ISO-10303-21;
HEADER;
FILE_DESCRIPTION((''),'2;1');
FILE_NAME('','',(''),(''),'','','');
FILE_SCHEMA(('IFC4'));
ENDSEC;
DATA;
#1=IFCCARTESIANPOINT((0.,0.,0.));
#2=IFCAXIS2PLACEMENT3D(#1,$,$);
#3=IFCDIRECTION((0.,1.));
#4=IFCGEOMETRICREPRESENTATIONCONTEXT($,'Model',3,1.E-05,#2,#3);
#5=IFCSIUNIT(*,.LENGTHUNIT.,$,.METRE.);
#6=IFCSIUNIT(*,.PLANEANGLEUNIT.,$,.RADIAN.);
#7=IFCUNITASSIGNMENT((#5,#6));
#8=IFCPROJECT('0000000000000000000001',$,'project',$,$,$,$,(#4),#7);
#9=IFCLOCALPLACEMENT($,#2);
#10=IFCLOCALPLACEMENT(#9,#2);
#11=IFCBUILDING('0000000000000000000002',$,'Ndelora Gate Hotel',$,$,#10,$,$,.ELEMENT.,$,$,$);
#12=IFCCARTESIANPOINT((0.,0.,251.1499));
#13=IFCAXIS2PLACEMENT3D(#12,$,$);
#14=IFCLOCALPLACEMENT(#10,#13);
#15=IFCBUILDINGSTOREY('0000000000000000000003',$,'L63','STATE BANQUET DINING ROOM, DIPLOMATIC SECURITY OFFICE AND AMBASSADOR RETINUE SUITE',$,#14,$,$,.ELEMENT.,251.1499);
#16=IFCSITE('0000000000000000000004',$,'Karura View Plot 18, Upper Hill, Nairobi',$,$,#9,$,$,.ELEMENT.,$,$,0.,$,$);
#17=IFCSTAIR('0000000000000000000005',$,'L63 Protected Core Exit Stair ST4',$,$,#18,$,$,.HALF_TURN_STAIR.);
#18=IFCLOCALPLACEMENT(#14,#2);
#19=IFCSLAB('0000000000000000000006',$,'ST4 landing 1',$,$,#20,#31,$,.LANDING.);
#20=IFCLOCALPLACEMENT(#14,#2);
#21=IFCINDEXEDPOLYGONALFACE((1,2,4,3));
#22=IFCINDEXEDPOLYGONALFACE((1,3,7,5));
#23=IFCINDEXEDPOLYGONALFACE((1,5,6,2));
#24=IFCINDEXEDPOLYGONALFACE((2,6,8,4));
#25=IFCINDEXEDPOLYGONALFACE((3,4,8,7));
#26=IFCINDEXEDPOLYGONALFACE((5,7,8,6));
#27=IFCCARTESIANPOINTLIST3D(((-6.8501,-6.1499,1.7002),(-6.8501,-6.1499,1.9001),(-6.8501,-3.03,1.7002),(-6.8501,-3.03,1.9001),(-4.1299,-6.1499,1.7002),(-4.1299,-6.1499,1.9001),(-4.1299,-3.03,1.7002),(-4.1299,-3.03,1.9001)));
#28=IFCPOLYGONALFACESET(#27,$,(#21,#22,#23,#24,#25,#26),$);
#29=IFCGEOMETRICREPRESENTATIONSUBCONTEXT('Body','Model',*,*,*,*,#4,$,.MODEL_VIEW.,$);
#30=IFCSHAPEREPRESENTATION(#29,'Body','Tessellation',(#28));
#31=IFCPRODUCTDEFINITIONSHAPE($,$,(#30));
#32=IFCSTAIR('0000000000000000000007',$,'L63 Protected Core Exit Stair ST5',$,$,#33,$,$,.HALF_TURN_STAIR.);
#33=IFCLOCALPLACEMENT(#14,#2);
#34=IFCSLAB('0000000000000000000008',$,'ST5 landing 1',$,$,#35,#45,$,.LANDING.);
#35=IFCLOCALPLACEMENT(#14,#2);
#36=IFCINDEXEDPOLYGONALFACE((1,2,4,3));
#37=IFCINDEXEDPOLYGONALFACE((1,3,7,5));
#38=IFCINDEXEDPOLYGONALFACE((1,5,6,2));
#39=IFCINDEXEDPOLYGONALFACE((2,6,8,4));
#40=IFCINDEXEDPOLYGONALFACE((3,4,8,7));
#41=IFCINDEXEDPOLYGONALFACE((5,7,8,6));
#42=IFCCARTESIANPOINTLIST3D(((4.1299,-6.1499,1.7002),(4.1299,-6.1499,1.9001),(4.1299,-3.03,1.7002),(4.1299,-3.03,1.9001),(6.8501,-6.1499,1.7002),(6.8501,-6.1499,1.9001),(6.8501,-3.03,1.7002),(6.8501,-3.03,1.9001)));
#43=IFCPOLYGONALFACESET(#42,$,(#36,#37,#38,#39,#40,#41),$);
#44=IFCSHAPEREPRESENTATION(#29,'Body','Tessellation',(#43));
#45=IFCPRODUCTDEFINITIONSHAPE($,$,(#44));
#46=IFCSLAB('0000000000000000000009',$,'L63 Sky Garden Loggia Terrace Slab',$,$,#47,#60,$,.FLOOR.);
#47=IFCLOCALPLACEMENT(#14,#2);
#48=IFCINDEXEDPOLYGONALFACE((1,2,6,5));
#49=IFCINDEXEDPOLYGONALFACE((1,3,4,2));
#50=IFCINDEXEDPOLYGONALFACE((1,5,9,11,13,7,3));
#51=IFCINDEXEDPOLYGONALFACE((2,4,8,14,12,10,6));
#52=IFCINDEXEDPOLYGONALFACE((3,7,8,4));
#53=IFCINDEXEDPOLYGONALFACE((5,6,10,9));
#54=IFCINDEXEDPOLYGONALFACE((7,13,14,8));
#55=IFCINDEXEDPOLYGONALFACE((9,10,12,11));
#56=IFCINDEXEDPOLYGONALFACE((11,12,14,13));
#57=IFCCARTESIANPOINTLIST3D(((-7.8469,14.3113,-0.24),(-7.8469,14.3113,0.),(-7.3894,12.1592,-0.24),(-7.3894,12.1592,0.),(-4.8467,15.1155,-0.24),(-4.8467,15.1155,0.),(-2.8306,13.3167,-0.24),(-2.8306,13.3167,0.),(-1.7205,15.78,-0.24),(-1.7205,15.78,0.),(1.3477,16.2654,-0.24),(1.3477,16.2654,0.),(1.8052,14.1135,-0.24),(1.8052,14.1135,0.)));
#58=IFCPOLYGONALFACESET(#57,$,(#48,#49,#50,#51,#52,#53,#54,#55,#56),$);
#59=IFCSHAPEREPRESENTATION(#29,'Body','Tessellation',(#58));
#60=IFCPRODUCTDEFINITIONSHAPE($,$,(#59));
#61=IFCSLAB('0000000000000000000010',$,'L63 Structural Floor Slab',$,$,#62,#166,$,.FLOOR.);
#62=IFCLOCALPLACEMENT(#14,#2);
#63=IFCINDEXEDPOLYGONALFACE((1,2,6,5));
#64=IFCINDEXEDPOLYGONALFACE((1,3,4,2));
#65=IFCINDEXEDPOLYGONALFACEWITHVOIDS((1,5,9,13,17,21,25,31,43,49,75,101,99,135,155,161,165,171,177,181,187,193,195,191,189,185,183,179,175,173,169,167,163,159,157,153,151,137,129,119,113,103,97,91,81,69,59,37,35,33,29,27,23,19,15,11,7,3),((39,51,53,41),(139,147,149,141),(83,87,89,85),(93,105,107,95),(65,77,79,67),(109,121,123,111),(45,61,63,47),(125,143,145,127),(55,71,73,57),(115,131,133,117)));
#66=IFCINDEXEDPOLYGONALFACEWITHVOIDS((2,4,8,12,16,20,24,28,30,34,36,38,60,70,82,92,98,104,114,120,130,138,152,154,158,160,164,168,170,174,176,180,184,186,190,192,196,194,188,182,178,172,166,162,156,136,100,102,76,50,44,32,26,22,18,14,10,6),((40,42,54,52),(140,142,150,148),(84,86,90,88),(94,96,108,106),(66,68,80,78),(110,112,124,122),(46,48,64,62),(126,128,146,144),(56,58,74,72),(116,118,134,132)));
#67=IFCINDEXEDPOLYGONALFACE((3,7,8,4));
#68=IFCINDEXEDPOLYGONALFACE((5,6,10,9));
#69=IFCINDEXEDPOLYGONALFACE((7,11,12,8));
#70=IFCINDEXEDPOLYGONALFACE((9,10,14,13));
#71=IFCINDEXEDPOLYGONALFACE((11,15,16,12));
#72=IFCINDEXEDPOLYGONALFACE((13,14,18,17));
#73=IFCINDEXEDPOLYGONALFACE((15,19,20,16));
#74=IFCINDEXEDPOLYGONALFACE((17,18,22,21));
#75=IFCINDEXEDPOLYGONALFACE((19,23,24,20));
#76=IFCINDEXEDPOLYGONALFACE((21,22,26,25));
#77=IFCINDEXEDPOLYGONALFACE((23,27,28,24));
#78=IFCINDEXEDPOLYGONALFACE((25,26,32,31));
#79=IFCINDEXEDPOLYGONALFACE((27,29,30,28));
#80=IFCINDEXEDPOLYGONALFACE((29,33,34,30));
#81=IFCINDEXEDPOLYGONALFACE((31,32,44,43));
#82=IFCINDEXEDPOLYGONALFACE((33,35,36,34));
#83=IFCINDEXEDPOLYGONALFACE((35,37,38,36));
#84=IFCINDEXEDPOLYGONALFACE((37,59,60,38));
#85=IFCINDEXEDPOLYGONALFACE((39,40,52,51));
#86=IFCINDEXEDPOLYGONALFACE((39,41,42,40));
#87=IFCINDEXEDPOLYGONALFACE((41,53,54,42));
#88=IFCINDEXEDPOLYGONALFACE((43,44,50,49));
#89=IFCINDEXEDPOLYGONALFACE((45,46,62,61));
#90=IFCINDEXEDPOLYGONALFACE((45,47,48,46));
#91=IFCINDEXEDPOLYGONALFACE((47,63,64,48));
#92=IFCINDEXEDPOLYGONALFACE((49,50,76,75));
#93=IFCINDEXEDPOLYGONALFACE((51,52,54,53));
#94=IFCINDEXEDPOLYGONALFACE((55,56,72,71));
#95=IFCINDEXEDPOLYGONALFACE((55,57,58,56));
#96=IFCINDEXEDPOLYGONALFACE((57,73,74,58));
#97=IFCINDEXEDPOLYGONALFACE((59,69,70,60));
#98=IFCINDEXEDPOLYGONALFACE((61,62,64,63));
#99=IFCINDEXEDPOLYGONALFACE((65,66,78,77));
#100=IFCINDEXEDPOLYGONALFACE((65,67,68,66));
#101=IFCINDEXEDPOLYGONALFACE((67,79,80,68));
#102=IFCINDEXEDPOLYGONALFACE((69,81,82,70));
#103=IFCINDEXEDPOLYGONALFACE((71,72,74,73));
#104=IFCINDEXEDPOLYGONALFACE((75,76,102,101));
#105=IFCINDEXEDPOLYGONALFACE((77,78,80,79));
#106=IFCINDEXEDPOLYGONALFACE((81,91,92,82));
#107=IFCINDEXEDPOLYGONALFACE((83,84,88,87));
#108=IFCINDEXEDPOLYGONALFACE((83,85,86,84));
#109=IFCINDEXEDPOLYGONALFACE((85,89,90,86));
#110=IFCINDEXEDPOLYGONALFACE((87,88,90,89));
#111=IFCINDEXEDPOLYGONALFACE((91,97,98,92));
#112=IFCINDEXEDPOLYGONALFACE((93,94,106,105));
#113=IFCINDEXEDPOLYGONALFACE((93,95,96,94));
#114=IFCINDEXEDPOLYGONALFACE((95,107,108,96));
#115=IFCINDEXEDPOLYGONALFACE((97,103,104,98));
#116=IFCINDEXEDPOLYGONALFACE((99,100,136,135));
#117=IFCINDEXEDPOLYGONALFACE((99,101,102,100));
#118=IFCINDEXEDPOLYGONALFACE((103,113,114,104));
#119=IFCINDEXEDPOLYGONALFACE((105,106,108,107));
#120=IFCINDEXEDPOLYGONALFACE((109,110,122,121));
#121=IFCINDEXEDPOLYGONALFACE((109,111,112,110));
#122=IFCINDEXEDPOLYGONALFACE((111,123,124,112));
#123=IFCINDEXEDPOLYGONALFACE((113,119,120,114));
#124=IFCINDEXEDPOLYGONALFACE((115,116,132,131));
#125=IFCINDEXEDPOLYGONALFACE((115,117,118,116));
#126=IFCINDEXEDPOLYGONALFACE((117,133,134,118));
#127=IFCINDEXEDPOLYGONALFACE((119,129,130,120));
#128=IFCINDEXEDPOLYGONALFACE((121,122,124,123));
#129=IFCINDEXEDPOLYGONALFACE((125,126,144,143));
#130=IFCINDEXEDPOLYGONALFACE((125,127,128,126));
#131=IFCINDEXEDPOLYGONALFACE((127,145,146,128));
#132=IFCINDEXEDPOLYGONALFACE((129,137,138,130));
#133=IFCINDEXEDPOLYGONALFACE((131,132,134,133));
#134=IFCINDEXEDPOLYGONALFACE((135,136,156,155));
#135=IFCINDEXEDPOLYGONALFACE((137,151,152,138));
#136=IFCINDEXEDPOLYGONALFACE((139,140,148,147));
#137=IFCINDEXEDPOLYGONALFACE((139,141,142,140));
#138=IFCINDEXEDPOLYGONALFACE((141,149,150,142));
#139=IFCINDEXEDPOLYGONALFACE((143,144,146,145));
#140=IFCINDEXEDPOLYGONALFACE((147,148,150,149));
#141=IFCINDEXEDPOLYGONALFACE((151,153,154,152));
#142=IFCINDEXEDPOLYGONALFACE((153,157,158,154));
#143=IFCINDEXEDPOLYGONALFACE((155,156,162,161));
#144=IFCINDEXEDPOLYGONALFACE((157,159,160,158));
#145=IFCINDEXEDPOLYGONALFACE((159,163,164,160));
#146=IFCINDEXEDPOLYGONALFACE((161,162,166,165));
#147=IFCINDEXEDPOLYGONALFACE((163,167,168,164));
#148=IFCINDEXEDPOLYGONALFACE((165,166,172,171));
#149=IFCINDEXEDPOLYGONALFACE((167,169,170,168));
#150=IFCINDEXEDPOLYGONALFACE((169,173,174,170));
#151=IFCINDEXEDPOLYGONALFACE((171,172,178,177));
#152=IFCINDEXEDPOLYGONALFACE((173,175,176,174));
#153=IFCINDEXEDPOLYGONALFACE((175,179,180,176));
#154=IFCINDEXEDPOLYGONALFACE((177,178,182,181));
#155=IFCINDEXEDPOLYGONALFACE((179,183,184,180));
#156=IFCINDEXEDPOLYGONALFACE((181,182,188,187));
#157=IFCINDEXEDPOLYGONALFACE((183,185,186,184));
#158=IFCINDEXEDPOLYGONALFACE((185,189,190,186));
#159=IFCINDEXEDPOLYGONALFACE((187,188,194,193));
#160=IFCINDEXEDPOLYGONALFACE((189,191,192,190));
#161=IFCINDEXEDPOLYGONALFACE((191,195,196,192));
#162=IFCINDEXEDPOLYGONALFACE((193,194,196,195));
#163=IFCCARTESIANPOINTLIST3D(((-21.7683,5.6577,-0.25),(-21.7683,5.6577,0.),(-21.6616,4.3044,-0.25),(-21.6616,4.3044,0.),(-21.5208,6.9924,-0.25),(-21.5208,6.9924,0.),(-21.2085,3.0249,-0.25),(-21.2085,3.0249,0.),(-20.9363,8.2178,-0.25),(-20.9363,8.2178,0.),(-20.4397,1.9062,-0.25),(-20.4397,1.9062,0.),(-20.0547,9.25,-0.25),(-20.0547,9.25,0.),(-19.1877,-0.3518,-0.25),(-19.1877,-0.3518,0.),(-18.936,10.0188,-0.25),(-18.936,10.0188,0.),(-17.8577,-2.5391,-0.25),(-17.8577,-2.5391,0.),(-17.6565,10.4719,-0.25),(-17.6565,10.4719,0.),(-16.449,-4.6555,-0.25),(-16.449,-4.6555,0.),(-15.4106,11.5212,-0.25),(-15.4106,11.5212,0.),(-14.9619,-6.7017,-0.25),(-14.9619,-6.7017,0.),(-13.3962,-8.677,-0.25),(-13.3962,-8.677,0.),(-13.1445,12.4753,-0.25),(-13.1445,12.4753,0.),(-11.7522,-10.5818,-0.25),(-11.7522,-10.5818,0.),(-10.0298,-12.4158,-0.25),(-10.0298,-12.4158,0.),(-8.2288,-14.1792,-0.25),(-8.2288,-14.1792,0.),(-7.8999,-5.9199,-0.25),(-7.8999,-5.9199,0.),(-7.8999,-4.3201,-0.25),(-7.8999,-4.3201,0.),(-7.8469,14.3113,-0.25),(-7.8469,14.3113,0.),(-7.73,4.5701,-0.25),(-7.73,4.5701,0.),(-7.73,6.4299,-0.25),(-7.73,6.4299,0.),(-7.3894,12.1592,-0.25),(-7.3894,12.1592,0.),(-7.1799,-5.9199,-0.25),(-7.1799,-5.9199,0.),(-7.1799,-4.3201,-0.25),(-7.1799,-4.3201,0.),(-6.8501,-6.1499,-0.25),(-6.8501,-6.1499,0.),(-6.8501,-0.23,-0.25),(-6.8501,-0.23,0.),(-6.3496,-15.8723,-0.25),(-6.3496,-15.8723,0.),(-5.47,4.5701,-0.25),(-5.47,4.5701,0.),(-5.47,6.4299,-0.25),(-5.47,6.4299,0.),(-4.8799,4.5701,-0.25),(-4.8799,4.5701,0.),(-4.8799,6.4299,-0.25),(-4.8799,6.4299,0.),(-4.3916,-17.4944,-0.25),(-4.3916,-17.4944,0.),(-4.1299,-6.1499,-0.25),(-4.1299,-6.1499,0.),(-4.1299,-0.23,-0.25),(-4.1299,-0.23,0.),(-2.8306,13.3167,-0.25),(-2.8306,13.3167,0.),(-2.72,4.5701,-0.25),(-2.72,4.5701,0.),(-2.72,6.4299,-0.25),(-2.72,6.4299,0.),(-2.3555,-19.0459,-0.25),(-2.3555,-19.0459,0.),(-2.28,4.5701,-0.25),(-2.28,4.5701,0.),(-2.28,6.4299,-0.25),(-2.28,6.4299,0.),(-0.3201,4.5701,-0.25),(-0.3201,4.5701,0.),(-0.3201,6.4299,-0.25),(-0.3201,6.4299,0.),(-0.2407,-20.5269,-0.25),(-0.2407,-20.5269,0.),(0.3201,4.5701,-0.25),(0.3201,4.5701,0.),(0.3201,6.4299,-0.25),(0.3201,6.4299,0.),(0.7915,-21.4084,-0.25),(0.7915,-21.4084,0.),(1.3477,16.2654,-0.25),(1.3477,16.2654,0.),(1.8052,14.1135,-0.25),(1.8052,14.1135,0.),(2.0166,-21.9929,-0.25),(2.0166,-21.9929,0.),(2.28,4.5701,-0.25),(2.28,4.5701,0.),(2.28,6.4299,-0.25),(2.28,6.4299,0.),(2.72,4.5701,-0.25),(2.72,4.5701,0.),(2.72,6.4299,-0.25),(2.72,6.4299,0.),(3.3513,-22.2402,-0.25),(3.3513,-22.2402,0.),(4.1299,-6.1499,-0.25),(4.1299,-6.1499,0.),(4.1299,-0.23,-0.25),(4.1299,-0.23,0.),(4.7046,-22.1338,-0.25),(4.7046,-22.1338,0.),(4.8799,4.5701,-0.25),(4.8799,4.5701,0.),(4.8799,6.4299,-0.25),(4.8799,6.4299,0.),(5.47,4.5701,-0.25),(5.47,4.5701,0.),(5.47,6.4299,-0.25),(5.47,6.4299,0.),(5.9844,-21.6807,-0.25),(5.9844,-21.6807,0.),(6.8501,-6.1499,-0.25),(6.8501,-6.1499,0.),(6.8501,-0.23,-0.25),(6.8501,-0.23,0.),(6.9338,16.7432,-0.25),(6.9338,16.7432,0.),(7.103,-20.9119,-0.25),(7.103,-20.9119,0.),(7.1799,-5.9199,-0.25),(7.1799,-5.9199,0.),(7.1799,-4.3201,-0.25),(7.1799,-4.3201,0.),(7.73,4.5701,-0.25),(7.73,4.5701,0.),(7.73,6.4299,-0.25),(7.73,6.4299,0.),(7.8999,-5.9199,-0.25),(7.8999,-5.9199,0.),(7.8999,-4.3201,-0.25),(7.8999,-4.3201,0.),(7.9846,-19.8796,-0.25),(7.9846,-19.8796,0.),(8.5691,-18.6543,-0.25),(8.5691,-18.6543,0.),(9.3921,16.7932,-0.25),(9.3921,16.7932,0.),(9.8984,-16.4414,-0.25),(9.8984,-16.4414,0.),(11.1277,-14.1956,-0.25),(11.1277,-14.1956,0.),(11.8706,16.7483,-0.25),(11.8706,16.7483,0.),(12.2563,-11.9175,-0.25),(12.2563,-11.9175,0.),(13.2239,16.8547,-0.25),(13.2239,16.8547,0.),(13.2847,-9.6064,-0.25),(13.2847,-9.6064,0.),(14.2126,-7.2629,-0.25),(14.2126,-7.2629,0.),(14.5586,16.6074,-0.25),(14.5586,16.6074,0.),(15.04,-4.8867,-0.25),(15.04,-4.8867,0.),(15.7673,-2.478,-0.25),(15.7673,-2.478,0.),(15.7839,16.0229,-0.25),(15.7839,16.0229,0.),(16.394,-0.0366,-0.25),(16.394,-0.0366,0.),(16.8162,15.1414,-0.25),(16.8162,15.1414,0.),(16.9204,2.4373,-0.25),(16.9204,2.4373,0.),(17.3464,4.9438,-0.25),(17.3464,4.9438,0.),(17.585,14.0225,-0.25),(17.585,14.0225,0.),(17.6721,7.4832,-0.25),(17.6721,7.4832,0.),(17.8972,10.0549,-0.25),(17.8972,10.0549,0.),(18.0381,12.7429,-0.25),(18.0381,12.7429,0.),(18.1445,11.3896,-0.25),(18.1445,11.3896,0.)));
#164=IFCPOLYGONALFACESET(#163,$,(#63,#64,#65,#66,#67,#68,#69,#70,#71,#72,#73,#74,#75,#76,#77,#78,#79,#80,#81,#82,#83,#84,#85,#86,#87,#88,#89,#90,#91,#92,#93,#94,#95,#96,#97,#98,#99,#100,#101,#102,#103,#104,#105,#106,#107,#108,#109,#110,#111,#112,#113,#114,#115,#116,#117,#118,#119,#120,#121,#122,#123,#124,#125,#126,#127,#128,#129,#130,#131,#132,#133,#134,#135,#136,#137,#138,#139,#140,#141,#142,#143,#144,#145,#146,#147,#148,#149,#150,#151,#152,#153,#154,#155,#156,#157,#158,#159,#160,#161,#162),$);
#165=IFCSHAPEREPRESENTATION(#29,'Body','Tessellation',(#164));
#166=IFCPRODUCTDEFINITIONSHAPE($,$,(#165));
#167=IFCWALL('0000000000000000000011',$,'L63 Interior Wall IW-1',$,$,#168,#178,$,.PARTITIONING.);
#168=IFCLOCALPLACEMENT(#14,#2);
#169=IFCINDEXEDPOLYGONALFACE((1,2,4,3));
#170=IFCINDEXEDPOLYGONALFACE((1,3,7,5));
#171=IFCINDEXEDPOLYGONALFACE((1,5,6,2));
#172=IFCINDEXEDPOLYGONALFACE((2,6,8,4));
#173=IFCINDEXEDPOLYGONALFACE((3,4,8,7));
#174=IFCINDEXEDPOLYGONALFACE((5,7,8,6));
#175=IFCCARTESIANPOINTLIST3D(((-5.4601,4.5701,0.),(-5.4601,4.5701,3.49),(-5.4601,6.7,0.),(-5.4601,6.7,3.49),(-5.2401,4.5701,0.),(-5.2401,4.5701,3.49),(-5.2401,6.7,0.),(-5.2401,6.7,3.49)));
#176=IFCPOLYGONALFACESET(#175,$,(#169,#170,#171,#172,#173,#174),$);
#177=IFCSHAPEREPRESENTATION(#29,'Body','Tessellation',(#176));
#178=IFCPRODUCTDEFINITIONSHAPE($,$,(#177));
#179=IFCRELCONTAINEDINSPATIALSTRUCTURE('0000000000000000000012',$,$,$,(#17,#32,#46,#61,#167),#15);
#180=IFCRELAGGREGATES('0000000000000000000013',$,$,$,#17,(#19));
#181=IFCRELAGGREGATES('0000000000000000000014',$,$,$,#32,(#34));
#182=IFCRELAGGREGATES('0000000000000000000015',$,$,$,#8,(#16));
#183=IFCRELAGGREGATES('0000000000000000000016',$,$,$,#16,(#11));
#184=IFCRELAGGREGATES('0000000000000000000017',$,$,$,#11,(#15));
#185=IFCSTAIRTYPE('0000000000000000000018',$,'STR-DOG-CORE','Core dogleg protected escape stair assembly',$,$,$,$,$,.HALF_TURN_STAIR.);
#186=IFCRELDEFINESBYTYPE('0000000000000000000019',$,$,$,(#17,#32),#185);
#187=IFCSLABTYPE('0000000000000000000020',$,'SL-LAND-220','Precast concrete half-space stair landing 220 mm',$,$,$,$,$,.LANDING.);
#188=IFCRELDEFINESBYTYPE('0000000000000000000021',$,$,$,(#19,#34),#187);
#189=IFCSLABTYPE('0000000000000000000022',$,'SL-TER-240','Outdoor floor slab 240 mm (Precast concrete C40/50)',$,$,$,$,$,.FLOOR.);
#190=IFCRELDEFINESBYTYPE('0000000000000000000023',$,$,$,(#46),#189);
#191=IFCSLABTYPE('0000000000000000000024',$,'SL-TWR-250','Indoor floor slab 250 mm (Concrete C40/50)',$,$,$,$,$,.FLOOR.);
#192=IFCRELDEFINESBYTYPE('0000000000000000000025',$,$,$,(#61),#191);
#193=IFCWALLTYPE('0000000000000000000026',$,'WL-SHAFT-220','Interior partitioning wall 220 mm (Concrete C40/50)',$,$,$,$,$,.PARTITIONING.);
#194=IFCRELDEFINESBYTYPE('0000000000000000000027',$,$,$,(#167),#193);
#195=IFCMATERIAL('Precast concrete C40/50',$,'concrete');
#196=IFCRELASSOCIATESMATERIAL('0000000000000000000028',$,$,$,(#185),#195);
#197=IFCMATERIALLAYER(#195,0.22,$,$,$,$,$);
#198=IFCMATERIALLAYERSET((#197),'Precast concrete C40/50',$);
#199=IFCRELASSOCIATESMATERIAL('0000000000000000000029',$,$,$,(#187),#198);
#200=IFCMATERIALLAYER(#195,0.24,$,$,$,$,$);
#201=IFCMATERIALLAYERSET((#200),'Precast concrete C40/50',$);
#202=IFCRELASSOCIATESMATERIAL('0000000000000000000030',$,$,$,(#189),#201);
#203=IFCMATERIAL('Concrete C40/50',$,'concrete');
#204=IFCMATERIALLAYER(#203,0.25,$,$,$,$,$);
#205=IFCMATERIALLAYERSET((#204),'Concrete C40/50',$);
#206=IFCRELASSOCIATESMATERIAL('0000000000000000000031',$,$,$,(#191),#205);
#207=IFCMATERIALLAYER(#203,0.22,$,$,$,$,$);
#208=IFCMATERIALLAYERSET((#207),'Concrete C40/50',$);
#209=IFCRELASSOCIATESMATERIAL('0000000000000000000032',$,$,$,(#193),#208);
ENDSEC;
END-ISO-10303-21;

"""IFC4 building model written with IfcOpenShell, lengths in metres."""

from ifc_helpers import new_model, si_unit, direction, frame, frame_2d, origin, place, context, subcontext, project, spatial, polyline, rectangle, outline, extrude, material, layer, layer_set, type_object, element, aggregate, save


model = new_model("IFC4")

# Units and contexts
model_context = context("Model", 3, precision=1e-05, world=origin(), true_north=direction((0.0, 1.0)))
body_context = subcontext(model_context, "Body", "Model", "MODEL_VIEW")
ifc_project = project(units=[si_unit("LENGTHUNIT", "METRE"), si_unit("PLANEANGLEUNIT", "RADIAN")], contexts=[model_context])

# Site, building, storey
site_placement = place(None, origin())
site = spatial("IfcSite", under=ifc_project, at=site_placement, Name="Karura View Plot 18, Upper Hill, Nairobi", CompositionType="ELEMENT", RefElevation=0.0)
building_placement = place(site_placement, origin())
building = spatial("IfcBuilding", under=site, at=building_placement, Name="Ndelora Gate Hotel", CompositionType="ELEMENT")
storey_placement = place(building_placement, frame((0.0, 0.0, 251.1499)))
storey = spatial("IfcBuildingStorey", under=building, at=storey_placement, Name="L63", Description="STATE BANQUET DINING ROOM, DIPLOMATIC SECURITY OFFICE AND AMBASSADOR RETINUE SUITE", CompositionType="ELEMENT", Elevation=251.1499)

# Stairs, slabs
ifc_material_1 = material(Name="Precast concrete C40/50", Category="concrete")
stair_type = type_object("IfcStairType", Name="STR-DOG-CORE", Description="Core dogleg protected escape stair assembly", PredefinedType="HALF_TURN_STAIR", material=ifc_material_1)
stair_1_placement = place(storey_placement, origin())
stair_1 = element("IfcStair", 1, at=stair_1_placement, inside=storey, type_object=stair_type, Name="L63 Protected Core Exit Stair ST4", PredefinedType="HALF_TURN_STAIR")
ifc_layer_1 = layer(ifc_material_1, 0.22)
ifc_layer_set_1 = layer_set([ifc_layer_1], Name="Precast concrete C40/50")
slab_type_1 = type_object("IfcSlabType", Name="SL-LAND-220", Description="Precast concrete half-space stair landing 220 mm", PredefinedType="LANDING", material=ifc_layer_set_1)
slab_1_placement = place(storey_placement, frame((0.0, 0.0, 1.7002)))
slab_1 = element("IfcSlab", 2, at=slab_1_placement, type_object=slab_type_1, Name="ST4 landing 1", PredefinedType="LANDING", context=body_context, shape_type="SweptSolid", body=[
    extrude(outline(polyline([(-6.8501, -3.03), (-6.8501, -6.1499), (-4.1299, -6.1499), (-4.1299, -3.03), (-6.8501, -3.03)])), origin(), (0.0, 0.0, 1.0), 0.2),
])
aggregate(stair_1, [slab_1])
stair_2_placement = place(storey_placement, origin())
stair_2 = element("IfcStair", 3, at=stair_2_placement, inside=storey, type_object=stair_type, Name="L63 Protected Core Exit Stair ST5", PredefinedType="HALF_TURN_STAIR")
slab_2_placement = place(storey_placement, frame((0.0, 0.0, 1.7002)))
slab_2 = element("IfcSlab", 4, at=slab_2_placement, type_object=slab_type_1, Name="ST5 landing 1", PredefinedType="LANDING", context=body_context, shape_type="SweptSolid", body=[
    extrude(outline(polyline([(4.1299, -3.03), (4.1299, -6.1499), (6.8501, -6.1499), (6.8501, -3.03), (4.1299, -3.03)])), origin(), (0.0, 0.0, 1.0), 0.2),
])
aggregate(stair_2, [slab_2])

# Slabs
ifc_layer_2 = layer(ifc_material_1, 0.24)
ifc_layer_set_2 = layer_set([ifc_layer_2], Name="Precast concrete C40/50")
slab_type_2 = type_object("IfcSlabType", Name="SL-TER-240", Description="Outdoor floor slab 240 mm (Precast concrete C40/50)", PredefinedType="FLOOR", material=ifc_layer_set_2)
slab_3_placement = place(storey_placement, frame((0.0, 0.0, -0.24)))
element("IfcSlab", 5, at=slab_3_placement, inside=storey, type_object=slab_type_2, Name="L63 Sky Garden Loggia Terrace Slab", PredefinedType="FLOOR", context=body_context, shape_type="SweptSolid", body=[
    extrude(outline(polyline([(1.8052, 14.1135), (1.3477, 16.2654), (-1.7205, 15.78), (-4.8467, 15.1155), (-7.8469, 14.3113), (-7.3894, 12.1592), (-2.8306, 13.3167), (1.8052, 14.1135)])), origin(), (0.0, 0.0, 1.0), 0.24),
])
ifc_material_2 = material(Name="Concrete C40/50", Category="concrete")
ifc_layer_3 = layer(ifc_material_2, 0.25)
ifc_layer_set_3 = layer_set([ifc_layer_3], Name="Concrete C40/50")
slab_type_3 = type_object("IfcSlabType", Name="SL-TWR-250", Description="Indoor floor slab 250 mm (Concrete C40/50)", PredefinedType="FLOOR", material=ifc_layer_set_3)
slab_4_placement = place(storey_placement, frame((0.0, 0.0, -0.25)))
element("IfcSlab", 6, at=slab_4_placement, inside=storey, type_object=slab_type_3, Name="L63 Structural Floor Slab", PredefinedType="FLOOR", context=body_context, shape_type="SweptSolid", body=[
    extrude(outline(polyline([(-17.6565, 10.4719), (-18.936, 10.0188), (-20.0547, 9.25), (-20.9363, 8.2178), (-21.5208, 6.9924), (-21.7683, 5.6577), (-21.6616, 4.3044), (-21.2085, 3.0249), (-20.4397, 1.9062), (-19.1877, -0.3518), (-17.8577, -2.5391), (-16.449, -4.6555), (-14.9619, -6.7017), (-13.3962, -8.677), (-11.7522, -10.5818), (-10.0298, -12.4158), (-8.2288, -14.1792), (-6.3496, -15.8723), (-4.3916, -17.4944), (-2.3555, -19.0459), (-0.2407, -20.5269), (0.7915, -21.4084), (2.0166, -21.9929), (3.3513, -22.2402), (4.7046, -22.1338), (5.9844, -21.6807), (7.103, -20.9119), (7.9846, -19.8796), (8.5691, -18.6543), (9.8984, -16.4414), (11.1277, -14.1956), (12.2563, -11.9175), (13.2847, -9.6064), (14.2126, -7.2629), (15.04, -4.8867), (15.7673, -2.478), (16.394, -0.0366), (16.9204, 2.4373), (17.3464, 4.9438), (17.6721, 7.4832), (17.8972, 10.0549), (18.1445, 11.3896), (18.0381, 12.7429), (17.585, 14.0225), (16.8162, 15.1414), (15.7839, 16.0229), (14.5586, 16.6074), (13.2239, 16.8547), (11.8706, 16.7483), (9.3921, 16.7932), (6.9338, 16.7432), (1.3477, 16.2654), (1.8052, 14.1135), (-2.8306, 13.3167), (-7.3894, 12.1592), (-7.8469, 14.3113), (-13.1445, 12.4753), (-15.4106, 11.5212), (-17.6565, 10.4719)]), holes=[polyline([(-6.8501, -0.23), (-6.8501, -6.1499), (-4.1299, -6.1499), (-4.1299, -0.23), (-6.8501, -0.23)]), polyline([(4.1299, -0.23), (4.1299, -6.1499), (6.8501, -6.1499), (6.8501, -0.23), (4.1299, -0.23)]), polyline([(-7.73, 4.5701), (-5.47, 4.5701), (-5.47, 6.4299), (-7.73, 6.4299), (-7.73, 4.5701)]), polyline([(5.47, 4.5701), (7.73, 4.5701), (7.73, 6.4299), (5.47, 6.4299), (5.47, 4.5701)]), polyline([(-4.8799, 4.5701), (-2.72, 4.5701), (-2.72, 6.4299), (-4.8799, 6.4299), (-4.8799, 4.5701)]), polyline([(2.72, 4.5701), (4.8799, 4.5701), (4.8799, 6.4299), (2.72, 6.4299), (2.72, 4.5701)]), polyline([(-2.28, 4.5701), (-0.3201, 4.5701), (-0.3201, 6.4299), (-2.28, 6.4299), (-2.28, 4.5701)]), polyline([(0.3201, 4.5701), (2.28, 4.5701), (2.28, 6.4299), (0.3201, 6.4299), (0.3201, 4.5701)]), polyline([(-7.8999, -5.9199), (-7.1799, -5.9199), (-7.1799, -4.3201), (-7.8999, -4.3201), (-7.8999, -5.9199)]), polyline([(7.1799, -5.9199), (7.8999, -5.9199), (7.8999, -4.3201), (7.1799, -4.3201), (7.1799, -5.9199)])]), origin(), (0.0, 0.0, 1.0), 0.25),
])

# Wall
ifc_layer_4 = layer(ifc_material_2, 0.22)
ifc_layer_set_4 = layer_set([ifc_layer_4], Name="Concrete C40/50")
wall_type_1 = type_object("IfcWallType", Name="WL-SHAFT-220", Description="Interior partitioning wall 220 mm (Concrete C40/50)", PredefinedType="PARTITIONING", material=ifc_layer_set_4)
wall_1_placement = place(storey_placement, frame((-5.3501, 4.5701, 0.0), z_axis=(0.0, 0.0, 1.0), x_axis=(0.0, 1.0, 0.0)))
element("IfcWall", 7, at=wall_1_placement, inside=storey, type_object=wall_type_1, Name="L63 Interior Wall IW-1", PredefinedType="PARTITIONING", context=body_context, shape_type="SweptSolid", body=[
    extrude(rectangle(XDim=2.1299, YDim=0.22, at=frame_2d((1.0649, 0.0))), origin(), (0.0, 0.0, 1.0), 3.49),
])

save(model, "model.ifc")
